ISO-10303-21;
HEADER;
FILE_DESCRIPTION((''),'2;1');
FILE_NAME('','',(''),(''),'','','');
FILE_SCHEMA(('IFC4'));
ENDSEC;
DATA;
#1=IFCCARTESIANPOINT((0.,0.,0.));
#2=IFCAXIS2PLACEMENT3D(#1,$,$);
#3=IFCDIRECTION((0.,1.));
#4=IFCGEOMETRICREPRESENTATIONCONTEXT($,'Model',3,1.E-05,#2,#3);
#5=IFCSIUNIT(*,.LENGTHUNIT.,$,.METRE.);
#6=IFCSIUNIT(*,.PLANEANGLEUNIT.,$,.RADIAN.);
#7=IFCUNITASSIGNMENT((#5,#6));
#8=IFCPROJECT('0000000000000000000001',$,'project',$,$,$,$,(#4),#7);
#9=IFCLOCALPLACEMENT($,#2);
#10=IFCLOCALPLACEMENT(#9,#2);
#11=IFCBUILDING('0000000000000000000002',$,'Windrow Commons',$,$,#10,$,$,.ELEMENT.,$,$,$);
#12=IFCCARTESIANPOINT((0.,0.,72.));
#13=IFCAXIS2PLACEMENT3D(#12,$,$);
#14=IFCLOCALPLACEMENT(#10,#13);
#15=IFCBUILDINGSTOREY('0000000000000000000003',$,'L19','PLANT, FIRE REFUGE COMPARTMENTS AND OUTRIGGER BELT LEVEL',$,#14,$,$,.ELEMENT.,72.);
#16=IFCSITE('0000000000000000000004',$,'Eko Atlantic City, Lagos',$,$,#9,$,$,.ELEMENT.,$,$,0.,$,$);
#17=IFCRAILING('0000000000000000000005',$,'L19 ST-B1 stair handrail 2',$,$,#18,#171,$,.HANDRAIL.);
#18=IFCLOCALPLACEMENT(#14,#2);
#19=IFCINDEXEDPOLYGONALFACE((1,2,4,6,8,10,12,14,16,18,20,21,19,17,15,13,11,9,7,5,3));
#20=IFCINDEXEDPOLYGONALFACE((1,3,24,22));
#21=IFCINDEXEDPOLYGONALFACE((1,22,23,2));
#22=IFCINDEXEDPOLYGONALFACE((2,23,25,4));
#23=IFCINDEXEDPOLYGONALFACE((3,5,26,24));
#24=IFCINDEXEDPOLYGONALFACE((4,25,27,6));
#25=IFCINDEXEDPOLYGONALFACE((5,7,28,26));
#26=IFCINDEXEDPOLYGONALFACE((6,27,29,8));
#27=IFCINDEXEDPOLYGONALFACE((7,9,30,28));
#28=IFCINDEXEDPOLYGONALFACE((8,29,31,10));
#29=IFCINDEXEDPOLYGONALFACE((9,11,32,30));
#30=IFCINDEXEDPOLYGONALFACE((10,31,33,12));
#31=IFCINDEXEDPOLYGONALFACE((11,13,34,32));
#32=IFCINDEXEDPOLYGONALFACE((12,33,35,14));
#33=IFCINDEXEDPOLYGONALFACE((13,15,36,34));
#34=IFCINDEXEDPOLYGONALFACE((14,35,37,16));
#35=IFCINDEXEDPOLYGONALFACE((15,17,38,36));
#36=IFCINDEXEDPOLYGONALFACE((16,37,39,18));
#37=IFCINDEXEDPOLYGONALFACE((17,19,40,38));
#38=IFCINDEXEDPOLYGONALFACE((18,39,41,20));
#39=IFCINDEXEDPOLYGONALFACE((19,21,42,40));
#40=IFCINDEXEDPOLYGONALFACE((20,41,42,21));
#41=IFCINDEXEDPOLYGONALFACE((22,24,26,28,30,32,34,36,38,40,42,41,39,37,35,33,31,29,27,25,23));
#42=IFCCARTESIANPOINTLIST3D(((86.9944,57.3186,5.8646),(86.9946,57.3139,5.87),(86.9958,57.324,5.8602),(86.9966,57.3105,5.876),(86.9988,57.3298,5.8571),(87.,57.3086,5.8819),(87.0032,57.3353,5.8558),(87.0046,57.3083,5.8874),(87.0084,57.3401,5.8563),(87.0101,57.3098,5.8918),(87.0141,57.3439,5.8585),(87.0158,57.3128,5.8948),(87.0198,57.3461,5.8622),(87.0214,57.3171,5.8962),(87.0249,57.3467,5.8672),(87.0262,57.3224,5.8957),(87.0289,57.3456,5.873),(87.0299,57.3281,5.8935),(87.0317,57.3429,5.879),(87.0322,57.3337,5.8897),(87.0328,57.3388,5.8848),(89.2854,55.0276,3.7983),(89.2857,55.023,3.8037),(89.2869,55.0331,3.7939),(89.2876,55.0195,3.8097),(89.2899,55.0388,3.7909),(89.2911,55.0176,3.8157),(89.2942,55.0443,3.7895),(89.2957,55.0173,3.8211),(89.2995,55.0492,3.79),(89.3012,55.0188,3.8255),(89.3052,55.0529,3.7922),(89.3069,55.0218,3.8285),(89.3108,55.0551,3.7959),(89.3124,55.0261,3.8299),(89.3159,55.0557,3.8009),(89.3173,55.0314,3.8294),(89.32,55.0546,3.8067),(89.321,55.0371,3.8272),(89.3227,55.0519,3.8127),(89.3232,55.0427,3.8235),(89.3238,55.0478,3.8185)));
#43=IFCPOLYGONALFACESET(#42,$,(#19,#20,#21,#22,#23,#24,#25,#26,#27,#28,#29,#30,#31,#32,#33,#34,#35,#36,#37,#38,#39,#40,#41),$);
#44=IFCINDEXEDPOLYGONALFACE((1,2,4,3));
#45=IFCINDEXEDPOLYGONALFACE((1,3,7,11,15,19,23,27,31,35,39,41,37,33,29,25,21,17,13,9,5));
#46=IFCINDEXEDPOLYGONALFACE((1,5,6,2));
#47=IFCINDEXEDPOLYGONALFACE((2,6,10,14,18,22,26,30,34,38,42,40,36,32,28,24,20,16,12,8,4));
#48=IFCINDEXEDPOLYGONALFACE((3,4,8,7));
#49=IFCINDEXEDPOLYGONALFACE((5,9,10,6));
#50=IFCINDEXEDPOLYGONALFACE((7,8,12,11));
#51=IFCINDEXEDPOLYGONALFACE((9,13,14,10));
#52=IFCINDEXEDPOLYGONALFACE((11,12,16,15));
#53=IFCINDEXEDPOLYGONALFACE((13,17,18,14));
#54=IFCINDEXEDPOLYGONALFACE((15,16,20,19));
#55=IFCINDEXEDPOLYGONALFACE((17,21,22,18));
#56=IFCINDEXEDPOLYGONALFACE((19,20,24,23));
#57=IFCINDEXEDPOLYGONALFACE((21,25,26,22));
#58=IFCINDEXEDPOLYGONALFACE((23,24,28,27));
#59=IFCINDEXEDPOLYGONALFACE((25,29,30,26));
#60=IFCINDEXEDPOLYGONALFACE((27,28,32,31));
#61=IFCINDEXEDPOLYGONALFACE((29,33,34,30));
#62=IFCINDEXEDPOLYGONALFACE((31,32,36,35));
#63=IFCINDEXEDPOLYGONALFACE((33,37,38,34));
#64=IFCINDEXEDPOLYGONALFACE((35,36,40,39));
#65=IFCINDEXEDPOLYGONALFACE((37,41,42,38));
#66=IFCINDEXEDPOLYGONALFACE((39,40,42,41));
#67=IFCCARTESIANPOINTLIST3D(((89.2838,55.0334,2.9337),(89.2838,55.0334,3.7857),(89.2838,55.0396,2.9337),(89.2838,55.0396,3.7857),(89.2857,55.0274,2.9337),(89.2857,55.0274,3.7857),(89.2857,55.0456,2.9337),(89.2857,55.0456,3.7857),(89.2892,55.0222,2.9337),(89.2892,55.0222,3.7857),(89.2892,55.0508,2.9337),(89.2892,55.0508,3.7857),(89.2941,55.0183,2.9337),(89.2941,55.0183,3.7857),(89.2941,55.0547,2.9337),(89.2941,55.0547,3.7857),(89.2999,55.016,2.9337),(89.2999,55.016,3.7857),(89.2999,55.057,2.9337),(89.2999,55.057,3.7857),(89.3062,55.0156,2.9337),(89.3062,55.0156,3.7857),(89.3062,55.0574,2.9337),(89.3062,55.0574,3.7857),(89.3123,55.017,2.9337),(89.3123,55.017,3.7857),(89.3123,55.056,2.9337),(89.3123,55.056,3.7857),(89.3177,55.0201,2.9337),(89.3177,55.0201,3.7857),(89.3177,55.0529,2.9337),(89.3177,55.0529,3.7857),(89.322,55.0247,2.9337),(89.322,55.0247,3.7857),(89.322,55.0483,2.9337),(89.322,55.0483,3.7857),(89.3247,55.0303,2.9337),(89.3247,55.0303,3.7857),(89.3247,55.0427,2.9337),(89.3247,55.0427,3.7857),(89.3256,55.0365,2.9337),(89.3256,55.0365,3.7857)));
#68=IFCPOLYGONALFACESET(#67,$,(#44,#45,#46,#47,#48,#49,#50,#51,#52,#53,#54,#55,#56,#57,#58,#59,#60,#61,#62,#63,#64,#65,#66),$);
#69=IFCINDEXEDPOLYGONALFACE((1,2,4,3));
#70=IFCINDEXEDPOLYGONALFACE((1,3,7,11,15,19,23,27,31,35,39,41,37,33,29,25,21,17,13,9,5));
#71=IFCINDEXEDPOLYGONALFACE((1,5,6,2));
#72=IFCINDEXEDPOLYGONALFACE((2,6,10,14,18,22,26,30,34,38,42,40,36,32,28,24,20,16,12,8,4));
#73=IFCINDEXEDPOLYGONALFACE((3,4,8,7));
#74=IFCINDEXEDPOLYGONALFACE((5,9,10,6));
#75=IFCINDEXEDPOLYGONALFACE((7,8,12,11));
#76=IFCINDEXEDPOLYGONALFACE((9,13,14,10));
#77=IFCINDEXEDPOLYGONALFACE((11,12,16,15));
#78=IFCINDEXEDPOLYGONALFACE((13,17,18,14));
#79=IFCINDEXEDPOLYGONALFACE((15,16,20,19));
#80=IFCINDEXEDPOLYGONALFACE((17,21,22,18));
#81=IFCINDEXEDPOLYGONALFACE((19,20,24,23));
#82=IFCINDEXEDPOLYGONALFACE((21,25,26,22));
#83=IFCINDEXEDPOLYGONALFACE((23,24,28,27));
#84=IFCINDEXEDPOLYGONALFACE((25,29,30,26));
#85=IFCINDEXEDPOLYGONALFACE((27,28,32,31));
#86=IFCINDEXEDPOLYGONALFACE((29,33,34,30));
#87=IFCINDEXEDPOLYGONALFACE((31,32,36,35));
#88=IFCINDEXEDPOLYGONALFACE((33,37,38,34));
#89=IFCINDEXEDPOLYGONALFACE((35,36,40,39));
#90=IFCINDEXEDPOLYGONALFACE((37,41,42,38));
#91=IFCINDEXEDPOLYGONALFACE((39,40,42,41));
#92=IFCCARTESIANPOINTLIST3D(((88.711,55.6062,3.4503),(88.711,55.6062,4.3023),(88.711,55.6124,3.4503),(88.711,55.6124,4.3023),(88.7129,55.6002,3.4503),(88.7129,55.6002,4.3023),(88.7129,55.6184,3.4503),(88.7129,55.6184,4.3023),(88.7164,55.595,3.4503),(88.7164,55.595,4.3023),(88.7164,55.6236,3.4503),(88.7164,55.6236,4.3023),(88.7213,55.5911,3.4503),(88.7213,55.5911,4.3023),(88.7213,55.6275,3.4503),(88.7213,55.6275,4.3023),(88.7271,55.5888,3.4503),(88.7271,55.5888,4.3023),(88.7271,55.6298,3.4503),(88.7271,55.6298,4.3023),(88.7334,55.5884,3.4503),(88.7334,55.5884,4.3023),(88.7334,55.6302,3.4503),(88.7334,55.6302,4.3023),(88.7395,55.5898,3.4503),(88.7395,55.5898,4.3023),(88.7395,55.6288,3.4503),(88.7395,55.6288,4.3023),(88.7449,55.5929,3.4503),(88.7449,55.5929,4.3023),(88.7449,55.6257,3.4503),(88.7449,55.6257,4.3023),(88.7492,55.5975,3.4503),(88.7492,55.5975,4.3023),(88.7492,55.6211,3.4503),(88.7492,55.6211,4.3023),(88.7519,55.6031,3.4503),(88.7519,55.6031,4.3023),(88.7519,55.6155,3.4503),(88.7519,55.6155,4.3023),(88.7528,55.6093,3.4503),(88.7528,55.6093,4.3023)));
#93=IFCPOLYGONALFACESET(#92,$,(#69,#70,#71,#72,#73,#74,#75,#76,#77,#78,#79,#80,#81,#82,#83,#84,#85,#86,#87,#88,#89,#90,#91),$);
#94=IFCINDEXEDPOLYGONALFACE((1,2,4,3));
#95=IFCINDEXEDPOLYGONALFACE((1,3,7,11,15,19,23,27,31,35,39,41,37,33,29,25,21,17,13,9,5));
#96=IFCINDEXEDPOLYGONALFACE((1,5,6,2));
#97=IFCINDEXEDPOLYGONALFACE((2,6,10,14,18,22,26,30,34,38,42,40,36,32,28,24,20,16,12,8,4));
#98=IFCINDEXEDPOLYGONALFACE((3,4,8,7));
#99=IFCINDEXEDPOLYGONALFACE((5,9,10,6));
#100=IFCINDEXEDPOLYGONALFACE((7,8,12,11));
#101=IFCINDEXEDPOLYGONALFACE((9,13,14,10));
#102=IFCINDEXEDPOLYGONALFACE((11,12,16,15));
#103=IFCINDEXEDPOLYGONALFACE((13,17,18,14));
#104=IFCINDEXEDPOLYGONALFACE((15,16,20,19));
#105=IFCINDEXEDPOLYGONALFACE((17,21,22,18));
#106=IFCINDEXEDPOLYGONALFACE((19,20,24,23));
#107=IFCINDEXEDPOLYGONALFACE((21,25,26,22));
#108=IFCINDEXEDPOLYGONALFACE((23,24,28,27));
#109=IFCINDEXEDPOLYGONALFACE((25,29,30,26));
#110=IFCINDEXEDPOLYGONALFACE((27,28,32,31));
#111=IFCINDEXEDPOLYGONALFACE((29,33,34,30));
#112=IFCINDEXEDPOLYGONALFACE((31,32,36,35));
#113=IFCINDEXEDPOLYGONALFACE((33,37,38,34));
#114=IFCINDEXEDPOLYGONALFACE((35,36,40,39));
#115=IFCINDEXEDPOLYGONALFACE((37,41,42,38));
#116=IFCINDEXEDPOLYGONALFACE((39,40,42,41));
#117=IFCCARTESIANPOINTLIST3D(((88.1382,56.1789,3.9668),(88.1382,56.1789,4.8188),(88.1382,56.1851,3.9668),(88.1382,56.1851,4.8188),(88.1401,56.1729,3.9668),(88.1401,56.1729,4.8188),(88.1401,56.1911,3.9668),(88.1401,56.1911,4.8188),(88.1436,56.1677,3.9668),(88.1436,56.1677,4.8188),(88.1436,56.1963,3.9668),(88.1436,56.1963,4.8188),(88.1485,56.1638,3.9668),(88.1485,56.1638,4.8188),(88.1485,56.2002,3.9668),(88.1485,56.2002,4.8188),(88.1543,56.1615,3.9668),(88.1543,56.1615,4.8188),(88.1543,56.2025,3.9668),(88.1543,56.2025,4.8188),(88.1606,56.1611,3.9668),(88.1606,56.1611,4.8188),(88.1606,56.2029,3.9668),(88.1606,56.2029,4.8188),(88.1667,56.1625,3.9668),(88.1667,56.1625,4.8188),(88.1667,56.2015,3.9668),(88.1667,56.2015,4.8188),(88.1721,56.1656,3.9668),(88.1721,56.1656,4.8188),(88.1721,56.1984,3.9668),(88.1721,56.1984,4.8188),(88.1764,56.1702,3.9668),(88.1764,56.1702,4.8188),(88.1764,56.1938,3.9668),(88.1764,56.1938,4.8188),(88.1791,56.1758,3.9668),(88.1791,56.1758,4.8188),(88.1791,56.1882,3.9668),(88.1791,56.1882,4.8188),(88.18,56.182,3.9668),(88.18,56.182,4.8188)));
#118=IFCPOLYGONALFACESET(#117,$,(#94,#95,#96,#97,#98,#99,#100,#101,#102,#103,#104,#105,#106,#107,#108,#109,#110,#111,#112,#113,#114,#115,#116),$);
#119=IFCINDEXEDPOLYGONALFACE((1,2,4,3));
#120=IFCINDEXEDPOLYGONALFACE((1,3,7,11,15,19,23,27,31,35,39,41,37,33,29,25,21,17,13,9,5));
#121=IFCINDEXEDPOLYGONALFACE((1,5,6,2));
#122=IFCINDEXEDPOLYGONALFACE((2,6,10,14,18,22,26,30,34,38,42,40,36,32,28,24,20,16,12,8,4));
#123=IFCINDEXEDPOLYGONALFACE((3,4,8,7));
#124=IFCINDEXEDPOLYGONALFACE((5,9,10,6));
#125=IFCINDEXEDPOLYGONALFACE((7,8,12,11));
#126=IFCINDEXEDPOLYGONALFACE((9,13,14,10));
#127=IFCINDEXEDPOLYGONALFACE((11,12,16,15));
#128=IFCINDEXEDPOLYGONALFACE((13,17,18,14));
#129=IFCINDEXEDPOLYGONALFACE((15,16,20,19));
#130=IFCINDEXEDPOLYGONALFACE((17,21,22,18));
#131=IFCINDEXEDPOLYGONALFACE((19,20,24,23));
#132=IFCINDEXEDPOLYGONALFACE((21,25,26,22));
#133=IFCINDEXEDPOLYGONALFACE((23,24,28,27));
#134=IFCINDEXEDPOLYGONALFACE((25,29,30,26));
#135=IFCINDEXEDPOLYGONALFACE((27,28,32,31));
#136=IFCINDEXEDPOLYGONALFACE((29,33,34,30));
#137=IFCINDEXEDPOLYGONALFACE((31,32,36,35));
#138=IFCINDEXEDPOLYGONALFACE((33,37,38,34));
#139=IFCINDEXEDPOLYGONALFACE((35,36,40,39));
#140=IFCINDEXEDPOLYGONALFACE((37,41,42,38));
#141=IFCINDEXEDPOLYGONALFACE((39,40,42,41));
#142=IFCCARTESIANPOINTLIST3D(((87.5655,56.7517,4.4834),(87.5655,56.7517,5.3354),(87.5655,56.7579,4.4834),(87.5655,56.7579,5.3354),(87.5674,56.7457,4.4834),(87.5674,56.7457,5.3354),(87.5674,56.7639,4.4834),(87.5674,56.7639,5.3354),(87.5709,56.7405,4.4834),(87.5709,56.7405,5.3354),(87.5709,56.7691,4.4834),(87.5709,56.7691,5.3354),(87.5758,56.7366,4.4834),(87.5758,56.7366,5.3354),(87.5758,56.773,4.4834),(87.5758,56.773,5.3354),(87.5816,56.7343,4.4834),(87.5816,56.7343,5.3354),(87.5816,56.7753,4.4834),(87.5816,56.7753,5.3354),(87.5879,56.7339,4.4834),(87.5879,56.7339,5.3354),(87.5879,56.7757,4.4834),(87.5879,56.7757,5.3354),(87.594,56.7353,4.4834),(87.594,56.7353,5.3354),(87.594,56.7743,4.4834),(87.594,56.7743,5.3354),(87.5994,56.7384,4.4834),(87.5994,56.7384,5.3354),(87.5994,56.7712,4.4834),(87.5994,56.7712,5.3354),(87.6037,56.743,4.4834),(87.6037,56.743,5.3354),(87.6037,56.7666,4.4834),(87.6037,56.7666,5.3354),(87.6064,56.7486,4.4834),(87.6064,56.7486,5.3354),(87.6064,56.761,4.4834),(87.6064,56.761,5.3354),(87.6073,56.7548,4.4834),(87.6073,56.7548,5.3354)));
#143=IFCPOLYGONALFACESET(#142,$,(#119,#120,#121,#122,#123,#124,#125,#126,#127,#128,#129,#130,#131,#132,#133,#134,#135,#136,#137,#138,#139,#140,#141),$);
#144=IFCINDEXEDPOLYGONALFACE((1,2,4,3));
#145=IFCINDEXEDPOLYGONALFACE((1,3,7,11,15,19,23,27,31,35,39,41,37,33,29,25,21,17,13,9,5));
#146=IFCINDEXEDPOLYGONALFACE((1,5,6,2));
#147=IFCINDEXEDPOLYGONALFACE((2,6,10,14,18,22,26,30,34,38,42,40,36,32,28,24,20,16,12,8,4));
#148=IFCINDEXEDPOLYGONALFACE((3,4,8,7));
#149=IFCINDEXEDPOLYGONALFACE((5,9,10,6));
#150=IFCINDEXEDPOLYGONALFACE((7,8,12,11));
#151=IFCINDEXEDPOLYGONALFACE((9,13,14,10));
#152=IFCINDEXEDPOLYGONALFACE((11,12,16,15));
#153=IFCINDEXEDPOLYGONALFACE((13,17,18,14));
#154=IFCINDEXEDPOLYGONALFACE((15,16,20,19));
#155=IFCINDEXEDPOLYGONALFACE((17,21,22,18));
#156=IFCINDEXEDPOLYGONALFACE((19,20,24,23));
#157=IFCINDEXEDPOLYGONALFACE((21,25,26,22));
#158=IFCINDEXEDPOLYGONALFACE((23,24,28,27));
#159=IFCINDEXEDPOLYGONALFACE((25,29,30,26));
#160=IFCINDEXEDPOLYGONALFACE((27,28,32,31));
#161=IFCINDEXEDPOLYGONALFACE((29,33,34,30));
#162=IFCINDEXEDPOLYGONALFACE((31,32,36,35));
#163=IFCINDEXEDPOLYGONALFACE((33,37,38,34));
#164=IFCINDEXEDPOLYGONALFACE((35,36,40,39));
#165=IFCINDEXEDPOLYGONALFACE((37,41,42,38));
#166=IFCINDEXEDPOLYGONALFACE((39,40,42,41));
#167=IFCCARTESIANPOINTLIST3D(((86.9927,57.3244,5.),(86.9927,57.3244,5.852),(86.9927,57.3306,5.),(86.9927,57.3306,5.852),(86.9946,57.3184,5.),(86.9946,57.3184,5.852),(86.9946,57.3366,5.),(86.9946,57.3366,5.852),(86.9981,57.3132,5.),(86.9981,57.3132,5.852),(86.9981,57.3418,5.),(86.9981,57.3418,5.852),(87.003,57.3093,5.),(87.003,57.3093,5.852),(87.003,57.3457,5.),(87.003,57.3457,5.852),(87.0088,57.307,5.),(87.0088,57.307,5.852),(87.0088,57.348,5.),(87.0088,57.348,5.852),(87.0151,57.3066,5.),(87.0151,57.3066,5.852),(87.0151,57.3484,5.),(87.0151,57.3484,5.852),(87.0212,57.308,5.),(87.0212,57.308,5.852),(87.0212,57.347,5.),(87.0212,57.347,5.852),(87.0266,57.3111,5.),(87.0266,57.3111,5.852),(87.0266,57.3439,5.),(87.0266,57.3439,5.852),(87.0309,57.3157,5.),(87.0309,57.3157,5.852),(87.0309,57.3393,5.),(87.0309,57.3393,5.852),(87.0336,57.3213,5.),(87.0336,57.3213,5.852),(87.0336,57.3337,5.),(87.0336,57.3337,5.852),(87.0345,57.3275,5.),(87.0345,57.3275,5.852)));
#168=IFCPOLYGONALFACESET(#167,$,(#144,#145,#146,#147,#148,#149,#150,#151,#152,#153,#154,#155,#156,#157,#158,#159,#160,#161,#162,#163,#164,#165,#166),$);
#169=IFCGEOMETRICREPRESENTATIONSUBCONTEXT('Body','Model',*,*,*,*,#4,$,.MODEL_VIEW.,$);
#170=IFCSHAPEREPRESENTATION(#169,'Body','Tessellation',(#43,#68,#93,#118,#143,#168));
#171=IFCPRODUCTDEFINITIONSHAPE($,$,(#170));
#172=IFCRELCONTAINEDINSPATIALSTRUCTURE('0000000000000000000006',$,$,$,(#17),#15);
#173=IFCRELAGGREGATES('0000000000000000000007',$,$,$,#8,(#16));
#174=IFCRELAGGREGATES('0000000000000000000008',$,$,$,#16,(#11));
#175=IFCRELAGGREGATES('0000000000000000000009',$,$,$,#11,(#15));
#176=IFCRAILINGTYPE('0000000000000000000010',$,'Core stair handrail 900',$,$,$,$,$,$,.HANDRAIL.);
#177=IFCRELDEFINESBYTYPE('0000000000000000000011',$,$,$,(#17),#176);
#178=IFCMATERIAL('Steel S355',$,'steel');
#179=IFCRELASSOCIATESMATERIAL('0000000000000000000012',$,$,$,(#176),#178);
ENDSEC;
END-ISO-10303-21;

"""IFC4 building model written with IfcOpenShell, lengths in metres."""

from ifc_helpers import new_model, si_unit, direction, frame, origin, origin_2d, place, context, subcontext, project, spatial, circle, extrude, material, type_object, element, save


model = new_model("IFC4")

# Units and contexts
model_context = context("Model", 3, precision=1e-05, world=origin(), true_north=direction((0.0, 1.0)))
body_context = subcontext(model_context, "Body", "Model", "MODEL_VIEW")
ifc_project = project(units=[si_unit("LENGTHUNIT", "METRE"), si_unit("PLANEANGLEUNIT", "RADIAN")], contexts=[model_context])

# Site, building, storey
site_placement = place(None, origin())
site = spatial("IfcSite", under=ifc_project, at=site_placement, Name="Eko Atlantic City, Lagos", CompositionType="ELEMENT", RefElevation=0.0)
building_placement = place(site_placement, origin())
building = spatial("IfcBuilding", under=site, at=building_placement, Name="Windrow Commons", CompositionType="ELEMENT")
storey_placement = place(building_placement, frame((0.0, 0.0, 72.0)))
storey = spatial("IfcBuildingStorey", under=building, at=storey_placement, Name="L19", Description="PLANT, FIRE REFUGE COMPARTMENTS AND OUTRIGGER BELT LEVEL", CompositionType="ELEMENT", Elevation=72.0)

# Railing
ifc_material_1 = material(Name="Steel S355", Category="steel")
railing_type_1 = type_object("IfcRailingType", Name="Core stair handrail 900", PredefinedType="HANDRAIL", material=ifc_material_1)
railing_1_placement = place(storey_placement, frame((89.3046, 55.0365, 2.9337)))
element("IfcRailing", 1, at=railing_1_placement, inside=storey, type_object=railing_type_1, Name="L19 ST-B1 stair handrail 2", PredefinedType="HANDRAIL", context=body_context, shape_type="SweptSolid", body=[
    extrude(circle(Radius=0.024, at=origin_2d()), frame((0.0, 0.0, 0.876), z_axis=(-0.5962, 0.596174, 0.537701), x_axis=(-0.707091, -0.707122, 0.0)), (0.0, 0.0, 1.0), 3.8428),
    extrude(circle(Radius=0.021, at=origin_2d()), origin(), (0.0, 0.0, 1.0), 0.852),
    extrude(circle(Radius=0.021, at=origin_2d()), frame((-0.5728, 0.5728, 0.5166)), (0.0, 0.0, 1.0), 0.852),
    extrude(circle(Radius=0.021, at=origin_2d()), frame((-1.1456, 1.1455, 1.0331)), (0.0, 0.0, 1.0), 0.852),
    extrude(circle(Radius=0.021, at=origin_2d()), frame((-1.7183, 1.7183, 1.5497)), (0.0, 0.0, 1.0), 0.852),
    extrude(circle(Radius=0.021, at=origin_2d()), frame((-2.2911, 2.291, 2.0663)), (0.0, 0.0, 1.0), 0.852),
])

save(model, "model.ifc")
